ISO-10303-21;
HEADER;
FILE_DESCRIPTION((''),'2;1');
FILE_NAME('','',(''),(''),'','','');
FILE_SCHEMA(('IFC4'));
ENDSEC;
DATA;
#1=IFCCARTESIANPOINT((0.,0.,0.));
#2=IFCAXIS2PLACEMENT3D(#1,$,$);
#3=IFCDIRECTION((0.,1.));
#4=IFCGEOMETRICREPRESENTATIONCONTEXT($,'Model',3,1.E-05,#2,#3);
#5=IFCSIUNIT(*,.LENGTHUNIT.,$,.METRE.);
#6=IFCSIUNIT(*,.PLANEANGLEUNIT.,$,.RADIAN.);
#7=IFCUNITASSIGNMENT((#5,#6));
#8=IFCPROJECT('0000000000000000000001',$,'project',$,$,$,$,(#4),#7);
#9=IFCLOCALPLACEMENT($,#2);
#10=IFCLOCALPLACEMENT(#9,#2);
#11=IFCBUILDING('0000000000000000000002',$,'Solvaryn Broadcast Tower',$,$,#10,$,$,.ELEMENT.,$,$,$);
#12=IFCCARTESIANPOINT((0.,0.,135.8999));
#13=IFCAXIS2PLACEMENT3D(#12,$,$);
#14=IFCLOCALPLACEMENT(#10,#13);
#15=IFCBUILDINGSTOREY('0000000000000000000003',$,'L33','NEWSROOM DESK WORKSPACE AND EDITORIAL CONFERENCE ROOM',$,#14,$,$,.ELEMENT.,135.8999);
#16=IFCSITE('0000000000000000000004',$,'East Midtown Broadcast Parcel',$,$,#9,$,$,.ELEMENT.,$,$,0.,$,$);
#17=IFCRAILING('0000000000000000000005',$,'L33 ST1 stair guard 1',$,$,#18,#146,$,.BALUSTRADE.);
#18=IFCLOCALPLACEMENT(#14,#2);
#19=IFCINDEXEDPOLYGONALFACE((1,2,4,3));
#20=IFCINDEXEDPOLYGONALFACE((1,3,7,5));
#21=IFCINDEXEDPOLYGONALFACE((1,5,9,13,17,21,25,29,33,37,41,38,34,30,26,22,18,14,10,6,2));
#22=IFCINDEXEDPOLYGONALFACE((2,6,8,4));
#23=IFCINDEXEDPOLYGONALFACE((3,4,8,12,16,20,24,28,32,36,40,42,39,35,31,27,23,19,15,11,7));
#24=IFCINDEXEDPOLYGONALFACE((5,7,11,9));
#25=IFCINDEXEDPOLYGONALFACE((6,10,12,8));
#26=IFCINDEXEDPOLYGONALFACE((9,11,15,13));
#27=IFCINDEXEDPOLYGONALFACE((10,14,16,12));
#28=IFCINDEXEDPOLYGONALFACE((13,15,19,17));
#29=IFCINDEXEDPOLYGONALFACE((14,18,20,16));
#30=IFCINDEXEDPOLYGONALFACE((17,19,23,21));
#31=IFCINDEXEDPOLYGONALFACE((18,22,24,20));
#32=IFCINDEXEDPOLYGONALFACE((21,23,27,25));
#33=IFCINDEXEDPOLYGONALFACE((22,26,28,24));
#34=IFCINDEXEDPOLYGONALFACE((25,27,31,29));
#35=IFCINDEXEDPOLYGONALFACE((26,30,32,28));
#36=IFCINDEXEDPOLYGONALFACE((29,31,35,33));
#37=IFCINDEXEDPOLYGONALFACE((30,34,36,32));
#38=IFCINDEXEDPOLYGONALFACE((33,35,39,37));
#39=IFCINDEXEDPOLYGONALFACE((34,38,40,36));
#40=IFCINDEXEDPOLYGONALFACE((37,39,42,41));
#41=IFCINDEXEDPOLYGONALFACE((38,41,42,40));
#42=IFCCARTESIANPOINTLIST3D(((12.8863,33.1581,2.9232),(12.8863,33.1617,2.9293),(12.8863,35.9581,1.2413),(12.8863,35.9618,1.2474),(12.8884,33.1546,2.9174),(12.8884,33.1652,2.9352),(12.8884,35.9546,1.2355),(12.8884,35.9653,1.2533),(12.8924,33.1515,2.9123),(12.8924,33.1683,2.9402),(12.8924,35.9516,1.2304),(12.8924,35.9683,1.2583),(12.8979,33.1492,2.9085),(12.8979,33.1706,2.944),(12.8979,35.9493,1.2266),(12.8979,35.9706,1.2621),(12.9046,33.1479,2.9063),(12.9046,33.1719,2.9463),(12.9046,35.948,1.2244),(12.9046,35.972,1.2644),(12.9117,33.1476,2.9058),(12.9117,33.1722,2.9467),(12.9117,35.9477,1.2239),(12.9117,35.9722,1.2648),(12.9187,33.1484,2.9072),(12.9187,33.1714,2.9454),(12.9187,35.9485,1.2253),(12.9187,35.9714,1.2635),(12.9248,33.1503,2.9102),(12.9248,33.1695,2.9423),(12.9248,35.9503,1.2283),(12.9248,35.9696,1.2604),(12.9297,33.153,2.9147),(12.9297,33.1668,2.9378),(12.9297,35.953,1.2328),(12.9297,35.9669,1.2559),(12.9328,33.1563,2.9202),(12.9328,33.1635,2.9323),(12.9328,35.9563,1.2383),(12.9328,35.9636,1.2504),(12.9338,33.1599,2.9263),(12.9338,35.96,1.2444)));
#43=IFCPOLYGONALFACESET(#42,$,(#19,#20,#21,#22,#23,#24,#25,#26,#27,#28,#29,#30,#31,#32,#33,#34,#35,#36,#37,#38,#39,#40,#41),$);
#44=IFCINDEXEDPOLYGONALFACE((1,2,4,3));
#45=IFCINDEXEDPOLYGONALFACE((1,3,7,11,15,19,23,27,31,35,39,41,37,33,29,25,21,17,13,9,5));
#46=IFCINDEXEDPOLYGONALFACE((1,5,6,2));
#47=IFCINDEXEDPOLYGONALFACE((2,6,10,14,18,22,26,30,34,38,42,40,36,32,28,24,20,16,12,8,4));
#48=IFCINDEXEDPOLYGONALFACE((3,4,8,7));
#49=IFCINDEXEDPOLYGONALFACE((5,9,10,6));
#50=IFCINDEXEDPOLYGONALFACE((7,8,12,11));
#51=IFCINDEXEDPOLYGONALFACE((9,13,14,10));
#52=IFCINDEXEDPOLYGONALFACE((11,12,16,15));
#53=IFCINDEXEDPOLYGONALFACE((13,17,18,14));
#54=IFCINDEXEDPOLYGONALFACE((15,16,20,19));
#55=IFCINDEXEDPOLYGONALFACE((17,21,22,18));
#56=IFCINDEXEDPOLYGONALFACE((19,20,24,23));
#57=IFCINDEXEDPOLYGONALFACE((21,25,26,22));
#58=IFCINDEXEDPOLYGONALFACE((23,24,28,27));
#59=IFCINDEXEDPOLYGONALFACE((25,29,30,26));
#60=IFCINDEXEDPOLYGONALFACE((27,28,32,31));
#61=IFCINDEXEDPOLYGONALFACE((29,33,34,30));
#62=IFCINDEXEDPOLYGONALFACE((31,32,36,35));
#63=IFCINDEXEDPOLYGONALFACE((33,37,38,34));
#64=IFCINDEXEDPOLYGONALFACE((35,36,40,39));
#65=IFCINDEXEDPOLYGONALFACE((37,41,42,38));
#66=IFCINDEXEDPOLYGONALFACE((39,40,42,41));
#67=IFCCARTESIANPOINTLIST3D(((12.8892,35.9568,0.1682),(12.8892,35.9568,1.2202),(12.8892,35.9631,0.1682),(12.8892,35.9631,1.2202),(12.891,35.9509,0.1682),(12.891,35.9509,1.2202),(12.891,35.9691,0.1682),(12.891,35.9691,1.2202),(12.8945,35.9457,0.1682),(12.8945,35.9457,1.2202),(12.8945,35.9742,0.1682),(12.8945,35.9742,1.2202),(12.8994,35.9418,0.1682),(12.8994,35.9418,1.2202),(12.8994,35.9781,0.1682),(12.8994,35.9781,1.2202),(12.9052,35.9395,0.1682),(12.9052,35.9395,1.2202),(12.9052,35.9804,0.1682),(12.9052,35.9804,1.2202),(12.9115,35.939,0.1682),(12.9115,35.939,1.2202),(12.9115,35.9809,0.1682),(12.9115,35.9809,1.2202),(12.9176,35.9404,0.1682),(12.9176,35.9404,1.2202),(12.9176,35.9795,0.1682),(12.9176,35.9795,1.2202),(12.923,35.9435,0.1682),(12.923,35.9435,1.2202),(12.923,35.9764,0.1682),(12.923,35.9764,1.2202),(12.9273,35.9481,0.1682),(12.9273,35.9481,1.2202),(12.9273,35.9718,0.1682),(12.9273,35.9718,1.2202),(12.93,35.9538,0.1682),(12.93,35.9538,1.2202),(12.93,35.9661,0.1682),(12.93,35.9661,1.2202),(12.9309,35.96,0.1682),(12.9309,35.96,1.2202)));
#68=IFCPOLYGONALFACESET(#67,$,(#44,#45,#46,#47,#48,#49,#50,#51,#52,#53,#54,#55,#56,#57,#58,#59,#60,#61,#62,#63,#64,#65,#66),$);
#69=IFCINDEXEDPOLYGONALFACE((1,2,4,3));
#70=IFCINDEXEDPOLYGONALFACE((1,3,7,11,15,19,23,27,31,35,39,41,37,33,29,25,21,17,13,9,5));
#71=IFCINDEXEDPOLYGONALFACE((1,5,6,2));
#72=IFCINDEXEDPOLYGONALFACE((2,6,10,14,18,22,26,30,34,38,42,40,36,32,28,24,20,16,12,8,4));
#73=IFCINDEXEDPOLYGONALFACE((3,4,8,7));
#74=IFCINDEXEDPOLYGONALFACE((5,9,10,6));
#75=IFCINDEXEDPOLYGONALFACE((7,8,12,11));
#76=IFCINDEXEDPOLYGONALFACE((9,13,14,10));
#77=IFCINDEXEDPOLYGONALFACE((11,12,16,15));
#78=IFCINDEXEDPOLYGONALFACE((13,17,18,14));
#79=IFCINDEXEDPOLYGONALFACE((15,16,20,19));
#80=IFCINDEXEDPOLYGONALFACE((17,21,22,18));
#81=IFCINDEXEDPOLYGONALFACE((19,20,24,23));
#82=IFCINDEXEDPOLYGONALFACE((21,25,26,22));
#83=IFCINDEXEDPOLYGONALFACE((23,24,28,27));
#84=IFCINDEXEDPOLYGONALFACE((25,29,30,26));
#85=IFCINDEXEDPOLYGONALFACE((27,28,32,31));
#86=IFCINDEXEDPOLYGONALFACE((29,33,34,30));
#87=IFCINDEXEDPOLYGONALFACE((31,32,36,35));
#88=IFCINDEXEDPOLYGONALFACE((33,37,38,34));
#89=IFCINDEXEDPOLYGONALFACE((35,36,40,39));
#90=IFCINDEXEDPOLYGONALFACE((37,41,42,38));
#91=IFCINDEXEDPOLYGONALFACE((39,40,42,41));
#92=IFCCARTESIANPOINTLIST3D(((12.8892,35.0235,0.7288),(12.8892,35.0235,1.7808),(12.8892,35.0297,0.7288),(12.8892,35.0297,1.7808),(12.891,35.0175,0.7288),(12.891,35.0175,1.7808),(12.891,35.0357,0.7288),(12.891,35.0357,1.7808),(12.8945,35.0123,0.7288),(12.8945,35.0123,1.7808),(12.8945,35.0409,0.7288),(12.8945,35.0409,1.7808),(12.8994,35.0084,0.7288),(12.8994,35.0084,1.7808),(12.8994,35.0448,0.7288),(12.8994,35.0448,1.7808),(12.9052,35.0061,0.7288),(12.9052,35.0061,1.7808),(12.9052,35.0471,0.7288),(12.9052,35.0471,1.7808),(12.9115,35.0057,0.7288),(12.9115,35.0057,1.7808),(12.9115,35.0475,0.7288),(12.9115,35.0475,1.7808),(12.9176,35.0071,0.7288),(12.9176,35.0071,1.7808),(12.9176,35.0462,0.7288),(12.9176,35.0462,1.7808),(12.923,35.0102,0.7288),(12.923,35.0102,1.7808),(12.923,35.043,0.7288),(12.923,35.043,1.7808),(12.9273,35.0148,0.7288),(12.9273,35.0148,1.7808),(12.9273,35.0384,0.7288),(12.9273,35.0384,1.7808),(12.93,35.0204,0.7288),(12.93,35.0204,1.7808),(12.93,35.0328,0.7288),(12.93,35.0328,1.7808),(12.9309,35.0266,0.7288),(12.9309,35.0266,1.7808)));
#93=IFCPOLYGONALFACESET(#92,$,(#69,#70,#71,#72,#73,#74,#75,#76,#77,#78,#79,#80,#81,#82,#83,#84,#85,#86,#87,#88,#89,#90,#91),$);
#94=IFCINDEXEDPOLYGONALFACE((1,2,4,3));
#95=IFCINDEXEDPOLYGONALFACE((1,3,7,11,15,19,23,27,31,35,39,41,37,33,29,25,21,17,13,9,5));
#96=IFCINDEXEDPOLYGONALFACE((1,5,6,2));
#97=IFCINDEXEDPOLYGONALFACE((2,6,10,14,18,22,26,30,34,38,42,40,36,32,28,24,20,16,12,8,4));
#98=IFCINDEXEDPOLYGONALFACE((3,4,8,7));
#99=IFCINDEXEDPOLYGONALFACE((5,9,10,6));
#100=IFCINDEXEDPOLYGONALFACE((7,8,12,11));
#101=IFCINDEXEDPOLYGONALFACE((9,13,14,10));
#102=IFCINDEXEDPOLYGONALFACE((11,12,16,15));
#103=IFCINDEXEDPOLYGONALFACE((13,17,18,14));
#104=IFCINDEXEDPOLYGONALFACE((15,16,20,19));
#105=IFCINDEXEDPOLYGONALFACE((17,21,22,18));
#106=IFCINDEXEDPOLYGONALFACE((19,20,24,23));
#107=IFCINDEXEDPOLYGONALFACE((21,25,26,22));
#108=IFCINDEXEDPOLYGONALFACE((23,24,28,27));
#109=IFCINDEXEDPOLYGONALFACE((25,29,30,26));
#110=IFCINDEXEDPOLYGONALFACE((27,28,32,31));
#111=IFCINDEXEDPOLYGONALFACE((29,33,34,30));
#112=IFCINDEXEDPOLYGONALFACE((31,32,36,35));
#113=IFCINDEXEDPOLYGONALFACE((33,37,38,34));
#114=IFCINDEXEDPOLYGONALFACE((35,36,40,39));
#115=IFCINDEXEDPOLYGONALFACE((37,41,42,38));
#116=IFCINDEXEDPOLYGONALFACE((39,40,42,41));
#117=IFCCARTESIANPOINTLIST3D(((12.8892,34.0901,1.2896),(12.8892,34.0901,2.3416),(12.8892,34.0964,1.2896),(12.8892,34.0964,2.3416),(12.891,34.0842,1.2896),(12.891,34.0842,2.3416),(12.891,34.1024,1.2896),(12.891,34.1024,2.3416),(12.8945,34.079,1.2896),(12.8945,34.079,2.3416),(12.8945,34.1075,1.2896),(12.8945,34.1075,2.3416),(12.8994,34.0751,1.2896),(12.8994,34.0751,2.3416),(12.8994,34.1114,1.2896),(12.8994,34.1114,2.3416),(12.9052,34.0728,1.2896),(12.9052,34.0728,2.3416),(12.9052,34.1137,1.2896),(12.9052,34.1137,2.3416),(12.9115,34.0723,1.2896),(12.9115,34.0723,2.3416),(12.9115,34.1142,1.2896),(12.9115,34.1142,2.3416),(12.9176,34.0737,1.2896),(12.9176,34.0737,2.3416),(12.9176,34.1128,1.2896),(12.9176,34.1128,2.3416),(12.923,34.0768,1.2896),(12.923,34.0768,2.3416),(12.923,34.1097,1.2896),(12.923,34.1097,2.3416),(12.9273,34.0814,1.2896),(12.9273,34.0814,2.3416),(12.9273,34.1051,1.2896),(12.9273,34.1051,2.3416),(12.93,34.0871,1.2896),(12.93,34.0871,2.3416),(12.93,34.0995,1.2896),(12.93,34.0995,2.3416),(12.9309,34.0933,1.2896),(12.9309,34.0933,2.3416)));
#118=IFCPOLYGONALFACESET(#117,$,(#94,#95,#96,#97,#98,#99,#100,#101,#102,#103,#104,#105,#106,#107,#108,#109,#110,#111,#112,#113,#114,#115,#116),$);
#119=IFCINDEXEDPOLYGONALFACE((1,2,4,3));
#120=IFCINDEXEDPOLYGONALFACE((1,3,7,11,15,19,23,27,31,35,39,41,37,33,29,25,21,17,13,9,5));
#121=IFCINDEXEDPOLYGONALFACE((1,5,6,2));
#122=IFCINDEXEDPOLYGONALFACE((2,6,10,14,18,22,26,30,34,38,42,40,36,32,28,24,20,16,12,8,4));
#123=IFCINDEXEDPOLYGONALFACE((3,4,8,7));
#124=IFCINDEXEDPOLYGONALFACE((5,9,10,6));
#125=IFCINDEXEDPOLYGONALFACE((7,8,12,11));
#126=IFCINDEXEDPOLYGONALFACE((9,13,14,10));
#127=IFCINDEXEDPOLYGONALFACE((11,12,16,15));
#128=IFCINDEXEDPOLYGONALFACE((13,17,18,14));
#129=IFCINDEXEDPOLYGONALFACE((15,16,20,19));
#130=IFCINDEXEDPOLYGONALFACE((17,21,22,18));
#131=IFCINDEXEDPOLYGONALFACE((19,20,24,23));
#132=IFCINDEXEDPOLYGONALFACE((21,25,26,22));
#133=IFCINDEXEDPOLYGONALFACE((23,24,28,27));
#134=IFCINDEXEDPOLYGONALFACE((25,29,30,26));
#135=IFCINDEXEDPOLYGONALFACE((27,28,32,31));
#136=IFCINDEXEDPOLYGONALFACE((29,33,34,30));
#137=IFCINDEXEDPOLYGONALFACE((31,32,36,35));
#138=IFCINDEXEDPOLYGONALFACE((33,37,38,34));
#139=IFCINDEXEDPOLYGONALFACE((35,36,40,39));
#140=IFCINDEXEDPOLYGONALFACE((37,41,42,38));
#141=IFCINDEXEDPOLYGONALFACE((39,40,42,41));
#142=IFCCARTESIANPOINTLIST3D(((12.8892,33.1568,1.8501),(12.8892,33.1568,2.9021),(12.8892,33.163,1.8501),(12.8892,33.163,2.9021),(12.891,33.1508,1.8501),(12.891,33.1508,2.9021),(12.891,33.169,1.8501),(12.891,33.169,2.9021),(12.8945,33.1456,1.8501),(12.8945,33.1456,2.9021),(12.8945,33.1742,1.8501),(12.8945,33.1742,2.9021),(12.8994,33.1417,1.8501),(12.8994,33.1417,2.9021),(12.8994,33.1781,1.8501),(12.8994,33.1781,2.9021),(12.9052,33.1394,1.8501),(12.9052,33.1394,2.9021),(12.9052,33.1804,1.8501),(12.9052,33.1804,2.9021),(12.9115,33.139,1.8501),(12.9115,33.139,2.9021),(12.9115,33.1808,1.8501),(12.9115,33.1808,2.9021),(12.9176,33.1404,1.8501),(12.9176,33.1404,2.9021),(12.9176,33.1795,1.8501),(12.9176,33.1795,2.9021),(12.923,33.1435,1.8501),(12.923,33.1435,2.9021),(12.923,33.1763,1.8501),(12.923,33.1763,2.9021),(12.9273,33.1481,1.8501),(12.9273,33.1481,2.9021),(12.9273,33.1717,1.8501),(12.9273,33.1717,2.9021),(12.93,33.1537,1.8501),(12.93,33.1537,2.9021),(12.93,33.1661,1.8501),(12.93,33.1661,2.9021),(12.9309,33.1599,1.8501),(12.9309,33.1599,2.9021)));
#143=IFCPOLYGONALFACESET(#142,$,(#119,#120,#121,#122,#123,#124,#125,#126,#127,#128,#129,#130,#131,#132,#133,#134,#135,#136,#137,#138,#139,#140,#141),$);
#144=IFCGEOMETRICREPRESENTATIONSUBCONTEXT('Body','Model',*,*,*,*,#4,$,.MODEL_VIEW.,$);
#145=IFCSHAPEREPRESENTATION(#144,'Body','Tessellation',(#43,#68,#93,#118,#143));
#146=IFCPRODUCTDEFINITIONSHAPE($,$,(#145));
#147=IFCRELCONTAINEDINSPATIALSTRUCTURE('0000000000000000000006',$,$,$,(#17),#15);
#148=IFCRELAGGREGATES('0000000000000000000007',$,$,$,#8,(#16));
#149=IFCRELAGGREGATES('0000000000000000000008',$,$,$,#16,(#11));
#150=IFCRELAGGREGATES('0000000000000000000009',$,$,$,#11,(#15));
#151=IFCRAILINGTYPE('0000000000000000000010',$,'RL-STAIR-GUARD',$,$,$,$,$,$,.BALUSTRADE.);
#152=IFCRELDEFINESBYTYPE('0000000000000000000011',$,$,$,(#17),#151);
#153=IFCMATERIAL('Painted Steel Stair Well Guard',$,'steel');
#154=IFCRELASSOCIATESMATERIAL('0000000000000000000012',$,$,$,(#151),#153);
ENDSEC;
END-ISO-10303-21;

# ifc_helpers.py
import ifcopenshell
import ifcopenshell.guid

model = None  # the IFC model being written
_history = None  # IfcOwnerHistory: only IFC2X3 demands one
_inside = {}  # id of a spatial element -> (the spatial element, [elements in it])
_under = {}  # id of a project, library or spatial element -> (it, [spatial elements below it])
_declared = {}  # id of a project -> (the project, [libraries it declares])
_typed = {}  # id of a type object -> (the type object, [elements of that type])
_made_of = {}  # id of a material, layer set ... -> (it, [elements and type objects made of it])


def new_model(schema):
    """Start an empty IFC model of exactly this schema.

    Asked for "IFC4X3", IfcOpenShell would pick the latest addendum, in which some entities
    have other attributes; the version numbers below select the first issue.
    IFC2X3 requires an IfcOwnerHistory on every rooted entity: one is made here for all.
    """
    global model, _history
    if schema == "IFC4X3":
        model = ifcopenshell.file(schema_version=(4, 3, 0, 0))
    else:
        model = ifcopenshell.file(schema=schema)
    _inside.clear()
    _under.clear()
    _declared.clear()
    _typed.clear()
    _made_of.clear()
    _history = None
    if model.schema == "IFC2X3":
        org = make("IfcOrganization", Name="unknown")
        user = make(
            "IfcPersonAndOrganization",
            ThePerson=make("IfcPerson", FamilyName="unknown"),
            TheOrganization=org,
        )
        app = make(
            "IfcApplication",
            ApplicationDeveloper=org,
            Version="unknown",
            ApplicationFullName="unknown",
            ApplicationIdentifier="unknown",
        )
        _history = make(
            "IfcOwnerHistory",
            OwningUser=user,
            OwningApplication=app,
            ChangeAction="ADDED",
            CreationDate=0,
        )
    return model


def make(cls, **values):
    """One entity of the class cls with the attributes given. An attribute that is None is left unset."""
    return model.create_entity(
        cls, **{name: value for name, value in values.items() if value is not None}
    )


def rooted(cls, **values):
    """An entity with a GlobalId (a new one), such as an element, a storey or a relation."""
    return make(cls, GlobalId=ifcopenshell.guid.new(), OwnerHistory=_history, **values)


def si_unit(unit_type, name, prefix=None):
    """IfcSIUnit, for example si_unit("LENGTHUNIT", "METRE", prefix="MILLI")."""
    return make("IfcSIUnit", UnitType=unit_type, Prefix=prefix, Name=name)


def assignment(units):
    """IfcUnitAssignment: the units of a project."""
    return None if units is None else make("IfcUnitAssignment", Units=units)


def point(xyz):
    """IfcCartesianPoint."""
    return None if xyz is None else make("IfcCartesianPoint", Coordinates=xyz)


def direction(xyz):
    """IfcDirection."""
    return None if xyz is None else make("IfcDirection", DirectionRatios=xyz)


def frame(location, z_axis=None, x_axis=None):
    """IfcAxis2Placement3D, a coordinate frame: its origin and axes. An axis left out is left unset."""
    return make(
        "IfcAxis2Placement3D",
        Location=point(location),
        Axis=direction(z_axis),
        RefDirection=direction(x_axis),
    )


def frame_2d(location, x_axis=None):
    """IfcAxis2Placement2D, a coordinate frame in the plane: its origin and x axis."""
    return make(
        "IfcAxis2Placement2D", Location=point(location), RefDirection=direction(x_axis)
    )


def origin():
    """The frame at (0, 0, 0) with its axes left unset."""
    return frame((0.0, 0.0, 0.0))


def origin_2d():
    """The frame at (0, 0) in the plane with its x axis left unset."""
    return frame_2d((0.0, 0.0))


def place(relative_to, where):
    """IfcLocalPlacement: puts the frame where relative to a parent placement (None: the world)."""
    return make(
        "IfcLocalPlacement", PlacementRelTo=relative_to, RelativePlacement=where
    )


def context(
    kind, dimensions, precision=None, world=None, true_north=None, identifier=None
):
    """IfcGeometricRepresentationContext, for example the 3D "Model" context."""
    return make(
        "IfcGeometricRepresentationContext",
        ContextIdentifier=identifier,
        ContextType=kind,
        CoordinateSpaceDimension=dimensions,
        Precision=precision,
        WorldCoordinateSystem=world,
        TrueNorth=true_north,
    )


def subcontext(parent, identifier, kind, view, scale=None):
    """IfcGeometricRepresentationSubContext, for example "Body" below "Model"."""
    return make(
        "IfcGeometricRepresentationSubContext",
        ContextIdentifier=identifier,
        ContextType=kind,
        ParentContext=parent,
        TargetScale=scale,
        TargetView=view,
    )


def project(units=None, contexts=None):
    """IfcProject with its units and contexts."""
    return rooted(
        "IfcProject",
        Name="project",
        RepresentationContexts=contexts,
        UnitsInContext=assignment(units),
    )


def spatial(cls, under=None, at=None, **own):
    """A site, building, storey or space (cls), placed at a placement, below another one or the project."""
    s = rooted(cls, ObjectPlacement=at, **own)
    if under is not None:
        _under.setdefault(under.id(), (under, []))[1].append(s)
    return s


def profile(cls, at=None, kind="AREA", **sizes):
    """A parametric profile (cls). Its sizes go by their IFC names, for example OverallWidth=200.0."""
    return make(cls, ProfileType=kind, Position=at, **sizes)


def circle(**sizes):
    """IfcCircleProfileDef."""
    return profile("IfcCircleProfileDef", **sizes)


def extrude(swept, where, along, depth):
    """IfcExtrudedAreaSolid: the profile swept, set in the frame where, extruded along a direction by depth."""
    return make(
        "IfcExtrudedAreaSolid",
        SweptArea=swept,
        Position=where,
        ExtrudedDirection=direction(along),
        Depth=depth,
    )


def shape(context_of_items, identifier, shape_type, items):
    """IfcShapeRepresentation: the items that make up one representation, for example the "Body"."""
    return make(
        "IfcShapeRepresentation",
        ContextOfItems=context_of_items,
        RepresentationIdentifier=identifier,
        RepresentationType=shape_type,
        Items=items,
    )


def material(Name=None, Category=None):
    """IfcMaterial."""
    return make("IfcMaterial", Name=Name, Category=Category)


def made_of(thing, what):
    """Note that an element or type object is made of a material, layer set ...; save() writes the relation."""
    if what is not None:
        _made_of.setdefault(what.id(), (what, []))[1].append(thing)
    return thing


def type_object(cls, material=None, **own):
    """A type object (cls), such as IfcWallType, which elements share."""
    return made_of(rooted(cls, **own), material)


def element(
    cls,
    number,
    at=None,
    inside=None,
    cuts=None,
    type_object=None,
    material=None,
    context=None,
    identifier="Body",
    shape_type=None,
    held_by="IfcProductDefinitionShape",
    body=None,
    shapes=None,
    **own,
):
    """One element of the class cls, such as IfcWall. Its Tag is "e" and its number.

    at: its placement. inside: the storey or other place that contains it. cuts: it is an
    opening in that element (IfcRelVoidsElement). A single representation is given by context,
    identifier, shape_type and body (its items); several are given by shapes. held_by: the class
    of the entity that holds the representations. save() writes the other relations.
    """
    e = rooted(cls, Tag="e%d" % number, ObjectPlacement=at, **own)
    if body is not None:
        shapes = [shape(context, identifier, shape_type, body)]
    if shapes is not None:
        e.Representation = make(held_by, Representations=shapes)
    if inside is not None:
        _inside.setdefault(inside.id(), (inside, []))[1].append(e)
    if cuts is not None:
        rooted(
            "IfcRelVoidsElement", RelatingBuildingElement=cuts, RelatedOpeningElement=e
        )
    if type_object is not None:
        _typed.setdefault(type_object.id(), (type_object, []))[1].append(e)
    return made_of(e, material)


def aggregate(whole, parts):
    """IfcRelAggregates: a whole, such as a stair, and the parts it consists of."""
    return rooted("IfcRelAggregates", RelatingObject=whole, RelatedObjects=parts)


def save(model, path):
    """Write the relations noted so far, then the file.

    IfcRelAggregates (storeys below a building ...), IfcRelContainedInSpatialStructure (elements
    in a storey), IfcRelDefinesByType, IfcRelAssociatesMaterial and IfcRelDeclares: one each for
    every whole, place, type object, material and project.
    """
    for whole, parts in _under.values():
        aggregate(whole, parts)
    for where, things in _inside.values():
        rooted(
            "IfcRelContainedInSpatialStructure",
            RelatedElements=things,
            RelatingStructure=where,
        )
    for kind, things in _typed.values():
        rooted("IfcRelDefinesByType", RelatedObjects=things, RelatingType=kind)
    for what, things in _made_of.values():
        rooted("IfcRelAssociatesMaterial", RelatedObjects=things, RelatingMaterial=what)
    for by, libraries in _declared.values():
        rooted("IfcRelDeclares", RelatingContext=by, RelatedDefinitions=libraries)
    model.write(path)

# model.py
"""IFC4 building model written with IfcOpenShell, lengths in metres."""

from ifc_helpers import new_model, si_unit, direction, frame, origin, origin_2d, place, context, subcontext, project, spatial, circle, extrude, material, type_object, element, save


model = new_model("IFC4")

# Units and contexts
model_context = context("Model", 3, precision=1e-05, world=origin(), true_north=direction((0.0, 1.0)))
body_context = subcontext(model_context, "Body", "Model", "MODEL_VIEW")
ifc_project = project(units=[si_unit("LENGTHUNIT", "METRE"), si_unit("PLANEANGLEUNIT", "RADIAN")], contexts=[model_context])

# Site, building, storey
site_placement = place(None, origin())
site = spatial("IfcSite", under=ifc_project, at=site_placement, Name="East Midtown Broadcast Parcel", CompositionType="ELEMENT", RefElevation=0.0)
building_placement = place(site_placement, origin())
building = spatial("IfcBuilding", under=site, at=building_placement, Name="Solvaryn Broadcast Tower", CompositionType="ELEMENT")
storey_placement = place(building_placement, frame((0.0, 0.0, 135.8999)))
storey = spatial("IfcBuildingStorey", under=building, at=storey_placement, Name="L33", Description="NEWSROOM DESK WORKSPACE AND EDITORIAL CONFERENCE ROOM", CompositionType="ELEMENT", Elevation=135.8999)

# Railing
ifc_material_1 = material(Name="Painted Steel Stair Well Guard", Category="steel")
railing_type_1 = type_object("IfcRailingType", Name="RL-STAIR-GUARD", PredefinedType="BALUSTRADE", material=ifc_material_1)
railing_1_placement = place(storey_placement, frame((12.9099, 35.96, 0.1682)))
element("IfcRailing", 1, at=railing_1_placement, inside=storey, type_object=railing_type_1, Name="L33 ST1 stair guard 1", PredefinedType="BALUSTRADE", context=body_context, shape_type="SweptSolid", body=[
    extrude(circle(Radius=0.0239, at=origin_2d()), frame((0.0, 0.0, 1.0762), z_axis=(0.0, -0.857242, 0.514913), x_axis=(1.0, 0.0, 0.0)), (0.0, 0.0, 1.0), 3.2664),
    extrude(circle(Radius=0.021, at=origin_2d()), origin(), (0.0, 0.0, 1.0), 1.052),
    extrude(circle(Radius=0.021, at=origin_2d()), frame((0.0, -0.9333, 0.5605)), (0.0, 0.0, 1.0), 1.052),
    extrude(circle(Radius=0.021, at=origin_2d()), frame((0.0, -1.8667, 1.1213)), (0.0, 0.0, 1.0), 1.052),
    extrude(circle(Radius=0.021, at=origin_2d()), frame((0.0, -2.8, 1.6819)), (0.0, 0.0, 1.0), 1.052),
])

save(model, "model.ifc")
